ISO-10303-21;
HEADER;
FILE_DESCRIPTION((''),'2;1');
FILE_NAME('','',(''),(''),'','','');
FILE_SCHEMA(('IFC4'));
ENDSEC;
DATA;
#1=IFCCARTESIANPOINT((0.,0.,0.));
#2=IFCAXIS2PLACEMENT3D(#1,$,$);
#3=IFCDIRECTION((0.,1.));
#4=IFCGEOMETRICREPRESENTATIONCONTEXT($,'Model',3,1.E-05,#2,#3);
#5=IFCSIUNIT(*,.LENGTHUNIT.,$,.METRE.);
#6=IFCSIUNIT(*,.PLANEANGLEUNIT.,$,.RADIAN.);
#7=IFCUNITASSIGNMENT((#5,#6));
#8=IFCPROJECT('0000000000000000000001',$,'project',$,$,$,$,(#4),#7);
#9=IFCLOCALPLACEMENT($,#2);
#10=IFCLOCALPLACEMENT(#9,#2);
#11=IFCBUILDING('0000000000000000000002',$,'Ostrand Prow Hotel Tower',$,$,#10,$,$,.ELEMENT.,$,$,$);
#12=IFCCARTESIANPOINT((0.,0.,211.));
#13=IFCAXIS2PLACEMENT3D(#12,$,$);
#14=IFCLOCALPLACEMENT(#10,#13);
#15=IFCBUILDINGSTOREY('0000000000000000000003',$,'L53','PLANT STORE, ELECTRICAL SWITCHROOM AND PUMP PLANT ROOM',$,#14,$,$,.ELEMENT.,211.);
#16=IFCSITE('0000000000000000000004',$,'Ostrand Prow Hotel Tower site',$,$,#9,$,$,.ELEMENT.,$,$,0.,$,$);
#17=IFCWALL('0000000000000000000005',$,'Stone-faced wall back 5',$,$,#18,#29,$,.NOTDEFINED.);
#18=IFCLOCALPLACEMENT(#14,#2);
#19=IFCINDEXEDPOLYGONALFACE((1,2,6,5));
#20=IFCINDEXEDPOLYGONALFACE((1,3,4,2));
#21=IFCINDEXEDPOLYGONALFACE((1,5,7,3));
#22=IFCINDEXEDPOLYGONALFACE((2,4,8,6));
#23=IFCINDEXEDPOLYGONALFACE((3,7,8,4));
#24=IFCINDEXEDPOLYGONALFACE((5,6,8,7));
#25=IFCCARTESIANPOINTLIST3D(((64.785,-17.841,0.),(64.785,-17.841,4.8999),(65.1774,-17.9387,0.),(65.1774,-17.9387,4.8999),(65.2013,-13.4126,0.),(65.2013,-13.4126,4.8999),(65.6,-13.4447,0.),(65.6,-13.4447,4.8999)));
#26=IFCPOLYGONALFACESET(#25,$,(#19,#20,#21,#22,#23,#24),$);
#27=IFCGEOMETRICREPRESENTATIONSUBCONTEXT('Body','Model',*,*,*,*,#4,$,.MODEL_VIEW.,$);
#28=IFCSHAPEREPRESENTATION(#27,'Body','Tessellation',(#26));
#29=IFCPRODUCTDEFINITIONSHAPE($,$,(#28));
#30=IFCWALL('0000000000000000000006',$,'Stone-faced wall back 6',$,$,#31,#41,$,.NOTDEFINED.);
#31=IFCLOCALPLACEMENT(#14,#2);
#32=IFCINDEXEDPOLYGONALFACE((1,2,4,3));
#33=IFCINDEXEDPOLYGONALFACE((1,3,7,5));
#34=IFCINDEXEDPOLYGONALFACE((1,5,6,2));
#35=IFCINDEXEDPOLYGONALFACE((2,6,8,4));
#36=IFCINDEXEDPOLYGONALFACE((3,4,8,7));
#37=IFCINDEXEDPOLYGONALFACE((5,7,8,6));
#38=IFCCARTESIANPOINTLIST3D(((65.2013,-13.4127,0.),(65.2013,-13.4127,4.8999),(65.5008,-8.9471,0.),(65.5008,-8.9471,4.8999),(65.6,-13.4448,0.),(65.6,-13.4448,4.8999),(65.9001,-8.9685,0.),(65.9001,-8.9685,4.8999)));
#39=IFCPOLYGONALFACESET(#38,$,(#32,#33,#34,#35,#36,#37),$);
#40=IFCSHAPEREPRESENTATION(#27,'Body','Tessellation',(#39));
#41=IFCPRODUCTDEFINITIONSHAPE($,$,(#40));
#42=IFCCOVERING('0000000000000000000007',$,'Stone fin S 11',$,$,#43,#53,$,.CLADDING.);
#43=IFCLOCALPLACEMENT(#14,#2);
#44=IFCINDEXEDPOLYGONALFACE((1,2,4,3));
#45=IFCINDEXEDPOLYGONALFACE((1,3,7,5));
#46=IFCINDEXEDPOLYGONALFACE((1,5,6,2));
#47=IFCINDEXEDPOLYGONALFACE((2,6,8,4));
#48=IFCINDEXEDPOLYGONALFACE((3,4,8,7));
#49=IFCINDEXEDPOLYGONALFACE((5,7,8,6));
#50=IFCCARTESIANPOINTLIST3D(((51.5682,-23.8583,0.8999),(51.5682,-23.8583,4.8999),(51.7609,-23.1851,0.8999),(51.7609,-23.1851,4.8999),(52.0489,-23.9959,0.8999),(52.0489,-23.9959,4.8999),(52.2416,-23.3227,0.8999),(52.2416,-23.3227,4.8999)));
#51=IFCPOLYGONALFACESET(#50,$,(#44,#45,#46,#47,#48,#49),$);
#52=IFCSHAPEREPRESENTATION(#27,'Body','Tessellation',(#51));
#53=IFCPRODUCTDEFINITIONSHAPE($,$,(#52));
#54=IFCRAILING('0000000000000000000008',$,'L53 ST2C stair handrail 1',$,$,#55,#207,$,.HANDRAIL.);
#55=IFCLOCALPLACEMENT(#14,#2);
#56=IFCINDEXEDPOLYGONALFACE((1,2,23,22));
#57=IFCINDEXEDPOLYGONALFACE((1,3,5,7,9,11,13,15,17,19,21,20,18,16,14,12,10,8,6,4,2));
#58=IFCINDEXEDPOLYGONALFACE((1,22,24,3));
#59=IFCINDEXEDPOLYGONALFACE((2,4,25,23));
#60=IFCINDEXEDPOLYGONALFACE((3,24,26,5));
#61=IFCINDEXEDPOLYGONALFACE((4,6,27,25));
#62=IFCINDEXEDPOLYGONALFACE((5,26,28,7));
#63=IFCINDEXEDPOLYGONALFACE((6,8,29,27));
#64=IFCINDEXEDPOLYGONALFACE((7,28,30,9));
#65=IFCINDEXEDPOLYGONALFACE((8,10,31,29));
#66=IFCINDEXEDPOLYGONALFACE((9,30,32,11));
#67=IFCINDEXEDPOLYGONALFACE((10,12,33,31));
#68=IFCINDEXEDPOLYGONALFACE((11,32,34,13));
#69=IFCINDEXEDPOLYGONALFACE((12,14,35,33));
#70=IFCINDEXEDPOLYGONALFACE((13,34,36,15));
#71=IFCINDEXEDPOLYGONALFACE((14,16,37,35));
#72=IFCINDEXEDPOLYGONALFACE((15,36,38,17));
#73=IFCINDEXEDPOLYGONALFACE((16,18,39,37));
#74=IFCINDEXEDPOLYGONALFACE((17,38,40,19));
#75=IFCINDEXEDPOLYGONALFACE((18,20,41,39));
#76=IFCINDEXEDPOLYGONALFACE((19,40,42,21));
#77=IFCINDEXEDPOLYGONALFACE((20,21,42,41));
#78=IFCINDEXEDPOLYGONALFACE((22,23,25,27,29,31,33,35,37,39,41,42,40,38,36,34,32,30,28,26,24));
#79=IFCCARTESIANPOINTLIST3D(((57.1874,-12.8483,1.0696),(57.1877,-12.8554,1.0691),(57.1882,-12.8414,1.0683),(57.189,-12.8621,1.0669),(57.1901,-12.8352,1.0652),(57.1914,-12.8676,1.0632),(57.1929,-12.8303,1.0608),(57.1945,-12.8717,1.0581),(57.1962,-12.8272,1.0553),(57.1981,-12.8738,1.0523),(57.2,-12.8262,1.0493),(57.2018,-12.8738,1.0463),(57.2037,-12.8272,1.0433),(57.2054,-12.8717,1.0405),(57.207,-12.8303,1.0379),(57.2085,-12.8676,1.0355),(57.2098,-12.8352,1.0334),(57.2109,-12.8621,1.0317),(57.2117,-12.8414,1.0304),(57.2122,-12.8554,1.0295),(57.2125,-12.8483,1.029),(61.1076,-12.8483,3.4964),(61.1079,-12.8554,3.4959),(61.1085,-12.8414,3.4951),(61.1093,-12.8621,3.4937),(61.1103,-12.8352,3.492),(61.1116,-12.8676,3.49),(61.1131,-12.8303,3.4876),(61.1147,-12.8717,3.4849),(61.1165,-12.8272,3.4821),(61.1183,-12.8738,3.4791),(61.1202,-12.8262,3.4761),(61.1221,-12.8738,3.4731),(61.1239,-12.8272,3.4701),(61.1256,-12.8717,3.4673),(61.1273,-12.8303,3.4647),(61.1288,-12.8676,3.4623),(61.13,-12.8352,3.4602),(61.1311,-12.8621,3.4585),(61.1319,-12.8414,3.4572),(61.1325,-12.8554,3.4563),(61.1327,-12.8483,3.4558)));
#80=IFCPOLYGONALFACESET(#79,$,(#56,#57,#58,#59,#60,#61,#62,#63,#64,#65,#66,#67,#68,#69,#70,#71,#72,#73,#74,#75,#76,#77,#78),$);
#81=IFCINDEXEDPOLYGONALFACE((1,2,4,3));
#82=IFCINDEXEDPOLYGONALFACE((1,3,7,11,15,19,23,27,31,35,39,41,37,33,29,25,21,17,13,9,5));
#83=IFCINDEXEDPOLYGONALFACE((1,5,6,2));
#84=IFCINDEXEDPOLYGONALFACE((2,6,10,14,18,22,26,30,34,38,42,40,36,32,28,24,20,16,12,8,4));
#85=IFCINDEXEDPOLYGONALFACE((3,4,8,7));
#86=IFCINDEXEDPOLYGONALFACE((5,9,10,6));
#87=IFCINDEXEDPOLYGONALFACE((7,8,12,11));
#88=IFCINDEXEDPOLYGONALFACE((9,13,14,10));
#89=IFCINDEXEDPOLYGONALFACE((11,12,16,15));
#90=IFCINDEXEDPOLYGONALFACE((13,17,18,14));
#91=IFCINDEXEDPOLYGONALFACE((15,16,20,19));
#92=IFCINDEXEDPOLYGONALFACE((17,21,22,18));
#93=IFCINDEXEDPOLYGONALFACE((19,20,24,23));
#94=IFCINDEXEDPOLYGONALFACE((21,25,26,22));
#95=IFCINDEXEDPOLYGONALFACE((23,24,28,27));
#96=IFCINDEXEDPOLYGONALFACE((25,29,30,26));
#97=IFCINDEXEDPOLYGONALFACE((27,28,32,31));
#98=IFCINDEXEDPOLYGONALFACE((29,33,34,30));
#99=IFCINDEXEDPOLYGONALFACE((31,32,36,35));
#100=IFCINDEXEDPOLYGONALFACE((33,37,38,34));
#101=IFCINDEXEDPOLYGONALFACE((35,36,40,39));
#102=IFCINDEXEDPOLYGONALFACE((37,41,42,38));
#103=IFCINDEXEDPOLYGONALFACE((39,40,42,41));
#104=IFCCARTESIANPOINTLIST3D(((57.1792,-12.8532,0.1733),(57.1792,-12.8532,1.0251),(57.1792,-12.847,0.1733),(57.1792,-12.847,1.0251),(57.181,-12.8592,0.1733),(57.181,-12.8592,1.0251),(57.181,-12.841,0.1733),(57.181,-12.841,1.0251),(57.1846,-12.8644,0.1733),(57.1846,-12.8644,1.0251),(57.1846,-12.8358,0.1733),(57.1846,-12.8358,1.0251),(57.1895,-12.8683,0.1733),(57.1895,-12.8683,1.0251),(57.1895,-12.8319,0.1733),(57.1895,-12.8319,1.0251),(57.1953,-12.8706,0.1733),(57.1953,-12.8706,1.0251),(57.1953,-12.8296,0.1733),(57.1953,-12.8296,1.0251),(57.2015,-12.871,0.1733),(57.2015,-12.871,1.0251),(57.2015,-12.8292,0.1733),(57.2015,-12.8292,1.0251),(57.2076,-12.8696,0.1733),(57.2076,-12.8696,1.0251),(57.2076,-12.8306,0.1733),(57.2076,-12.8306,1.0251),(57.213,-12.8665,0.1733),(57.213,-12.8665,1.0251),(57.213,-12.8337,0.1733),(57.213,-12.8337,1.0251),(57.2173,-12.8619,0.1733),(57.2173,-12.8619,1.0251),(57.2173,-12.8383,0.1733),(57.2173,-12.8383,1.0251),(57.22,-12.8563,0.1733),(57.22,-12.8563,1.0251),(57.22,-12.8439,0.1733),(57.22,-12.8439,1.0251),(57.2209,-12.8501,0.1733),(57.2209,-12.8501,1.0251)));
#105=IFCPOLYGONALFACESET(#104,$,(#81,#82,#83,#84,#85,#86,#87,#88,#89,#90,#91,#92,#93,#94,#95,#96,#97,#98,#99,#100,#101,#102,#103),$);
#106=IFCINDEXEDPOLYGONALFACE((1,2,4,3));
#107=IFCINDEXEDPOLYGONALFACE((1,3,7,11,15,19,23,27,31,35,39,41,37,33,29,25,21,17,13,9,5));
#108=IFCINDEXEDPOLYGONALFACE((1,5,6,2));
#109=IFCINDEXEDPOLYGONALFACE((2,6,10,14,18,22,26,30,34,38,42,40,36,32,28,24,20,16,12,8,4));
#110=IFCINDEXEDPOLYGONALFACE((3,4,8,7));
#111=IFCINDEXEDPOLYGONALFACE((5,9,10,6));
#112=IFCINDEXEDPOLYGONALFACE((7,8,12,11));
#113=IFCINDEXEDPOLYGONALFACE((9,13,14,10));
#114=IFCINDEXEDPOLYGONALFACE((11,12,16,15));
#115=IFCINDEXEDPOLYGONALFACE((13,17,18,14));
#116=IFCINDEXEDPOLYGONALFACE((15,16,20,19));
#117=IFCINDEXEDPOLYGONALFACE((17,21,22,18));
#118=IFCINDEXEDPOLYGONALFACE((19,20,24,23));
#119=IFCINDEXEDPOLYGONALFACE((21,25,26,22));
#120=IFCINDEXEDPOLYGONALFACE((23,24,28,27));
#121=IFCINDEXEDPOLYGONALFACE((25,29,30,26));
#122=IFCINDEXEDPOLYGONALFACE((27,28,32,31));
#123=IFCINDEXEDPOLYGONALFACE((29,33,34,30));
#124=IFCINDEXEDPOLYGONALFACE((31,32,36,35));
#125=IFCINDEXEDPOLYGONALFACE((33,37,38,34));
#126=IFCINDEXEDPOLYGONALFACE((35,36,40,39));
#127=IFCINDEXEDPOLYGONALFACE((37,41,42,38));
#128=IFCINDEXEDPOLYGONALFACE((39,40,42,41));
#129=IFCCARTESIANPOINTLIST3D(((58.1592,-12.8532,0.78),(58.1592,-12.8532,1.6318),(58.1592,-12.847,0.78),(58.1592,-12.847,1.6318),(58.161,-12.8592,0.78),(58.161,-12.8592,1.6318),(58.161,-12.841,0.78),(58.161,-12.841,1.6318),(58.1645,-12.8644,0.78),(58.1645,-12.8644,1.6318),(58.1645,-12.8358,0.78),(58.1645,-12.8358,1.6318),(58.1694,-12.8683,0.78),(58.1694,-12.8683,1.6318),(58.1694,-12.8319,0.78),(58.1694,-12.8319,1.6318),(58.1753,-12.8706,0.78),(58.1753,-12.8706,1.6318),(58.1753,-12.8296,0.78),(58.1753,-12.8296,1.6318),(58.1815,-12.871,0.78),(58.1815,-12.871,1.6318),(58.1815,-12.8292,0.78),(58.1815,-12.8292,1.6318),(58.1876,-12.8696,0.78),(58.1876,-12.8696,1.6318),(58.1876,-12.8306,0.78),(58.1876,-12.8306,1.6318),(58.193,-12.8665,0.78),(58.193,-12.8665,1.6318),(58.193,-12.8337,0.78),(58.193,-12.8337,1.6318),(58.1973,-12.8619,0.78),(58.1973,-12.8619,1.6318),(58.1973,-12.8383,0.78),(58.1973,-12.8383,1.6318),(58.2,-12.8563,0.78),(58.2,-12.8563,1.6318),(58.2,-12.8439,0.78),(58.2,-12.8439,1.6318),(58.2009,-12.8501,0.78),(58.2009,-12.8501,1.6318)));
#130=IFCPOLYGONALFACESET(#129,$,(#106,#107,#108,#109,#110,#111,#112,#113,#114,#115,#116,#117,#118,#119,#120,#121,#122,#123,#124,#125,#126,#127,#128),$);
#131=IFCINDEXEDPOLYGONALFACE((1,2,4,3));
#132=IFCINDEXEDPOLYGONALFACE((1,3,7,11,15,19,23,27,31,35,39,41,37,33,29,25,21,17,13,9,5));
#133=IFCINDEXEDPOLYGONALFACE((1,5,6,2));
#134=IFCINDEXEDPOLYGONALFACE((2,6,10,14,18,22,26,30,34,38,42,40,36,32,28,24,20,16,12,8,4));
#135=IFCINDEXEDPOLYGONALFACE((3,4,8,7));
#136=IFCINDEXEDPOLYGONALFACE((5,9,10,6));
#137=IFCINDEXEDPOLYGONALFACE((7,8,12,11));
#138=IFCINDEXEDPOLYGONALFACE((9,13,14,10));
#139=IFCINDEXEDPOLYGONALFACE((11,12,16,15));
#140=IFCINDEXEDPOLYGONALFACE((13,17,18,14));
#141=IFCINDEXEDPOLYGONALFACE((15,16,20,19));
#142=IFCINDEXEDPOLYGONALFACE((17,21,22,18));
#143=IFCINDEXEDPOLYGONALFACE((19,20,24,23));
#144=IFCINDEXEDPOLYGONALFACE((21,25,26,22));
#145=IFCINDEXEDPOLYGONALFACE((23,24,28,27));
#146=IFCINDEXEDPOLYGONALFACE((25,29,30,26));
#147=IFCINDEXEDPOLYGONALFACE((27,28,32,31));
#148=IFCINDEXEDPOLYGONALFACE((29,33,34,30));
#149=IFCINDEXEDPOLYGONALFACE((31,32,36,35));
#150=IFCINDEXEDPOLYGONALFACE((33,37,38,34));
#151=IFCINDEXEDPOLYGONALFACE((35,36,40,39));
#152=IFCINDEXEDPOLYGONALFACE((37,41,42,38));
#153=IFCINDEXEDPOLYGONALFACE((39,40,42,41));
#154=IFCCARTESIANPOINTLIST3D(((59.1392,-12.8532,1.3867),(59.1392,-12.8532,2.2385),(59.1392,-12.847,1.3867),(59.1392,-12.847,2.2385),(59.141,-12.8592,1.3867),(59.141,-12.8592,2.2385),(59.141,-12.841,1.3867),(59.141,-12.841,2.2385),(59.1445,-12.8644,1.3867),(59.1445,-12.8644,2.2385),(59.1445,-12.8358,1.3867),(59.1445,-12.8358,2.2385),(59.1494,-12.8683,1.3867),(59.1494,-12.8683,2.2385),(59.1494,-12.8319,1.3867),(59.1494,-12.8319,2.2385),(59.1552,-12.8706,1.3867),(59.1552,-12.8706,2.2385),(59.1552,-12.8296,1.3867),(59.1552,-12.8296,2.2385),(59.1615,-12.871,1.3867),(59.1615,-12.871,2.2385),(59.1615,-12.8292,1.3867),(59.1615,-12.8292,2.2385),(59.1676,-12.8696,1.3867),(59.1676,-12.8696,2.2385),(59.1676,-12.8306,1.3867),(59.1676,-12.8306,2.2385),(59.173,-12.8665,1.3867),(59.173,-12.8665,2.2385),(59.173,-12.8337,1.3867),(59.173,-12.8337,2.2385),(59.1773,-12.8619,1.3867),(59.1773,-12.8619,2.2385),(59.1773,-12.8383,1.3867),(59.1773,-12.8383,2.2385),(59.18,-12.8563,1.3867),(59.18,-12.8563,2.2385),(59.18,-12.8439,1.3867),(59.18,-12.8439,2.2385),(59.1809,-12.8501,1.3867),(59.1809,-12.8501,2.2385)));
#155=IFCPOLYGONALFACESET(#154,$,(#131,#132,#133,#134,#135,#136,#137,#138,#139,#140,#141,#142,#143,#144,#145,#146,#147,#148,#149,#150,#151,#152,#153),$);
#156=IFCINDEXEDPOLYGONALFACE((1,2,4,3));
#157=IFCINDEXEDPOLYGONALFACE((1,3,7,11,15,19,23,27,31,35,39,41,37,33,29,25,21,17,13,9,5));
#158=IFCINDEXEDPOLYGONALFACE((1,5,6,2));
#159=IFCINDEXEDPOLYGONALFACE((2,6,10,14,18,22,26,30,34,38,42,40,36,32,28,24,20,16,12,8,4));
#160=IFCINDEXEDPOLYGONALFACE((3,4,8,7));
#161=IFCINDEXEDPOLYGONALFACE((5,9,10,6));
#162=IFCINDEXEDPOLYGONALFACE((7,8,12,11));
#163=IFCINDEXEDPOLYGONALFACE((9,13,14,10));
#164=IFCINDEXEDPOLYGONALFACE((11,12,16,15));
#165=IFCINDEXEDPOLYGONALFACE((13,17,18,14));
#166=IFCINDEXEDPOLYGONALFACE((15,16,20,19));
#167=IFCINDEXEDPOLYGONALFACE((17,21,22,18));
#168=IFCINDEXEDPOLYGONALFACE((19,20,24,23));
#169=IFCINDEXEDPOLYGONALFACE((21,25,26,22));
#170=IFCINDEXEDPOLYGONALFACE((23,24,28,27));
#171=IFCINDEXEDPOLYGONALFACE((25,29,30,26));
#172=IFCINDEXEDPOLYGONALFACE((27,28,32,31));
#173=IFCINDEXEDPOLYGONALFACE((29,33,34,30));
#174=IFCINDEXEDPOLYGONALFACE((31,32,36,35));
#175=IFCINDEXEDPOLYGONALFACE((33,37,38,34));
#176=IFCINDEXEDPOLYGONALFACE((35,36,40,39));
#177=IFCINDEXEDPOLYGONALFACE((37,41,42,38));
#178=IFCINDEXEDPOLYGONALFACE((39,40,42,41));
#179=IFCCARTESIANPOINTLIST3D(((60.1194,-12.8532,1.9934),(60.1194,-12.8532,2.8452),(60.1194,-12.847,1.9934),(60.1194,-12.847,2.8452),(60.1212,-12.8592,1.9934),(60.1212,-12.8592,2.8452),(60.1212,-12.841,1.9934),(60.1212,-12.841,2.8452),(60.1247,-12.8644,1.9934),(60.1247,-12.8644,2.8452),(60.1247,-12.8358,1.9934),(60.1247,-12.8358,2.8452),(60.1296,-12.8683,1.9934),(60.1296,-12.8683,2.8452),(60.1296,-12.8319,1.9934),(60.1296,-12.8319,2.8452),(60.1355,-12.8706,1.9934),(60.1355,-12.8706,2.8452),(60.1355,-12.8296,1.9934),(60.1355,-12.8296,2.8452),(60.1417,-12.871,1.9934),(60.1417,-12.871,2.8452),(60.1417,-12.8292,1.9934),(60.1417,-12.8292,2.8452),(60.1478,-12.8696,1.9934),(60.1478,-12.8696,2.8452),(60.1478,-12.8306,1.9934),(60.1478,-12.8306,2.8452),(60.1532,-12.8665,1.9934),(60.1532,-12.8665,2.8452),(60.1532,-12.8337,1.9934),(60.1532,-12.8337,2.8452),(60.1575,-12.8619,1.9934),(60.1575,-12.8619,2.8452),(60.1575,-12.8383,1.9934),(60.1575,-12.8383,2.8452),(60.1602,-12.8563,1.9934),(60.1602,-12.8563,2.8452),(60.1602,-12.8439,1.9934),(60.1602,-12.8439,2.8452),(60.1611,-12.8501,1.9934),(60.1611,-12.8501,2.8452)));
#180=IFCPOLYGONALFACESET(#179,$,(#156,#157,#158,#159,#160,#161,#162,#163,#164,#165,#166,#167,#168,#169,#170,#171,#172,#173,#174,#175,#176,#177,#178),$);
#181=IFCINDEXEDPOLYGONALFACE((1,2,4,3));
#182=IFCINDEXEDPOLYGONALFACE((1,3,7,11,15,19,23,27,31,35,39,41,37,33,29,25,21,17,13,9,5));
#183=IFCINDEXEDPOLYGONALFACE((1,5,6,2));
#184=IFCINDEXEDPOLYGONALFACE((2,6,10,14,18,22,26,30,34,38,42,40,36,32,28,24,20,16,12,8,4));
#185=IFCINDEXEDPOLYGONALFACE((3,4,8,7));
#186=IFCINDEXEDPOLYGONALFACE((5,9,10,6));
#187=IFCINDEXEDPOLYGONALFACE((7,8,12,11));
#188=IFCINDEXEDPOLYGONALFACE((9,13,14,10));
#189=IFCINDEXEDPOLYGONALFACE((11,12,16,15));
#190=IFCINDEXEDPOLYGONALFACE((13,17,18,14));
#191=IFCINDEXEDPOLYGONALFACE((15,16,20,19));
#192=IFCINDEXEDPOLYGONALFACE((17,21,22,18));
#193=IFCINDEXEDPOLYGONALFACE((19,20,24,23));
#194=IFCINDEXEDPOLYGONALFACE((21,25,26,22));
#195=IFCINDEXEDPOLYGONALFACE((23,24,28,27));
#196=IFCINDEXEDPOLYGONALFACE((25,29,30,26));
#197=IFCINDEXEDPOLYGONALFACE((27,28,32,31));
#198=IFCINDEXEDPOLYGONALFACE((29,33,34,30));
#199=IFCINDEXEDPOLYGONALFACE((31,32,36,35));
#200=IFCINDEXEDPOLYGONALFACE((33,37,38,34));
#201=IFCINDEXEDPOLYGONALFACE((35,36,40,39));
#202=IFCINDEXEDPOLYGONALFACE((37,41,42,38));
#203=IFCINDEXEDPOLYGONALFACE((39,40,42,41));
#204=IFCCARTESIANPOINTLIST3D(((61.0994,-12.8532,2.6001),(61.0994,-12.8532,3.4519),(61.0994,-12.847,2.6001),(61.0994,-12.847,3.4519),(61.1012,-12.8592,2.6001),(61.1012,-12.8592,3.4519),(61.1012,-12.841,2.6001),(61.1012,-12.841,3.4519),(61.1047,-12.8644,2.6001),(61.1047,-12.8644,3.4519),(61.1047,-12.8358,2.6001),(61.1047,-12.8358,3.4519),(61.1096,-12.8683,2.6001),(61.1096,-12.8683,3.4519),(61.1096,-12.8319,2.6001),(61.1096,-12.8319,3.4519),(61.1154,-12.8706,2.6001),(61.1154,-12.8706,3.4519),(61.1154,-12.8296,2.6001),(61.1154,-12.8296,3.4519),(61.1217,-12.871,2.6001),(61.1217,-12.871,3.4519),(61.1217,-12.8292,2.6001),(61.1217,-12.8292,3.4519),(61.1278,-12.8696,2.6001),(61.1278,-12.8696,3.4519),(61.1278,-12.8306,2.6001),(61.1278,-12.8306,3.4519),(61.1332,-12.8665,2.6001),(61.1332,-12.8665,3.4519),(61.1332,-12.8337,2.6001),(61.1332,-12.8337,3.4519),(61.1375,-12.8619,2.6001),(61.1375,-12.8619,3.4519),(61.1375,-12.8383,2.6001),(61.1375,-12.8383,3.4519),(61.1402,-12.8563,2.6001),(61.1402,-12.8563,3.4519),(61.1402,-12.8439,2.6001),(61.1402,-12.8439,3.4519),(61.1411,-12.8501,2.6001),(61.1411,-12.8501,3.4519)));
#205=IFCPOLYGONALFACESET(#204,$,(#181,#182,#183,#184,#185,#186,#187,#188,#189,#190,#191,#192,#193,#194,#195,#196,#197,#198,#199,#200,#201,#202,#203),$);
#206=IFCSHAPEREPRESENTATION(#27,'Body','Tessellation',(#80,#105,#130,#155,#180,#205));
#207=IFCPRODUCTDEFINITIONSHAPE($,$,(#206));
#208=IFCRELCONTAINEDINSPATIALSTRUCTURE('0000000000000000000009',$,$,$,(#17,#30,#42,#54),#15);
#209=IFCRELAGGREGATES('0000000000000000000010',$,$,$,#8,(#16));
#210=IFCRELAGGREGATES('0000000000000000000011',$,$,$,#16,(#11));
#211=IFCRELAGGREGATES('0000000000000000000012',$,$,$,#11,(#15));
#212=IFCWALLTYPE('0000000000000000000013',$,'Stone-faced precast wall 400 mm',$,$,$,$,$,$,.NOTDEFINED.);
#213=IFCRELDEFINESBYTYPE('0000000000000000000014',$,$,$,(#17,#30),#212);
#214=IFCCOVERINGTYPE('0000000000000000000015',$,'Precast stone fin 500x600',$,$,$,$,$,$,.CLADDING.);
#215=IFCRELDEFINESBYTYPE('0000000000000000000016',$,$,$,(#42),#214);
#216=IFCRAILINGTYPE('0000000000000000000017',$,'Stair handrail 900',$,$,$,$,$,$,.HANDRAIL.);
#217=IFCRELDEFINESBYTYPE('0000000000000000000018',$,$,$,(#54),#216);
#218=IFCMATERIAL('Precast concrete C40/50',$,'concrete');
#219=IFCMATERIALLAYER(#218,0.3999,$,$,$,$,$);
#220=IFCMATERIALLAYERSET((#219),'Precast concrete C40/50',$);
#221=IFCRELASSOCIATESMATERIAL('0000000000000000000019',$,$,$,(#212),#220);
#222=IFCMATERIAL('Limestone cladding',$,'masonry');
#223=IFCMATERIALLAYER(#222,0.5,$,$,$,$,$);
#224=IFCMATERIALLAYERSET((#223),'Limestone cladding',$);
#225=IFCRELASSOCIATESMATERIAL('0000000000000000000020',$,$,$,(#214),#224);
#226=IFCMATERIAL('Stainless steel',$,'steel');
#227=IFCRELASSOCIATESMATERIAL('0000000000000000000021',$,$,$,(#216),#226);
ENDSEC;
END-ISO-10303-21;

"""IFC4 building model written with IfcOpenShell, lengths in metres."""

from ifc_helpers import new_model, si_unit, direction, frame, frame_2d, origin, origin_2d, place, context, subcontext, project, spatial, polyline, rectangle, circle, outline, extrude, material, layer, layer_set, type_object, element, save


model = new_model("IFC4")

# Units and contexts
model_context = context("Model", 3, precision=1e-05, world=origin(), true_north=direction((0.0, 1.0)))
body_context = subcontext(model_context, "Body", "Model", "MODEL_VIEW")
ifc_project = project(units=[si_unit("LENGTHUNIT", "METRE"), si_unit("PLANEANGLEUNIT", "RADIAN")], contexts=[model_context])

# Site, building, storey
site_placement = place(None, origin())
site = spatial("IfcSite", under=ifc_project, at=site_placement, Name="Ostrand Prow Hotel Tower site", CompositionType="ELEMENT", RefElevation=0.0)
building_placement = place(site_placement, origin())
building = spatial("IfcBuilding", under=site, at=building_placement, Name="Ostrand Prow Hotel Tower", CompositionType="ELEMENT")
storey_placement = place(building_placement, frame((0.0, 0.0, 211.0)))
storey = spatial("IfcBuildingStorey", under=building, at=storey_placement, Name="L53", Description="PLANT STORE, ELECTRICAL SWITCHROOM AND PUMP PLANT ROOM", CompositionType="ELEMENT", Elevation=211.0)

# Walls
ifc_material_1 = material(Name="Precast concrete C40/50", Category="concrete")
ifc_layer_1 = layer(ifc_material_1, 0.3999)
ifc_layer_set_1 = layer_set([ifc_layer_1], Name="Precast concrete C40/50")
wall_type_1 = type_object("IfcWallType", Name="Stone-faced precast wall 400 mm", PredefinedType="NOTDEFINED", material=ifc_layer_set_1)
wall_1_placement = place(storey_placement, frame((64.9812, -17.8899, 0.0), z_axis=(0.0, 0.0, 1.0), x_axis=(0.093606, 0.995609, 0.0)))
element("IfcWall", 1, at=wall_1_placement, inside=storey, type_object=wall_type_1, Name="Stone-faced wall back 5", PredefinedType="NOTDEFINED", context=body_context, shape_type="SweptSolid", body=[
    extrude(outline(polyline([(-0.0303, -0.2), (4.4836, -0.2), (4.4783, 0.2), (0.0303, 0.2), (-0.0303, -0.2)])), origin(), (0.0, 0.0, 1.0), 4.8999),
])
wall_2_placement = place(storey_placement, frame((65.4006, -13.4287, 0.0), z_axis=(0.0, 0.0, 1.0), x_axis=(0.066906, 0.997759, 0.0)))
element("IfcWall", 2, at=wall_2_placement, inside=storey, type_object=wall_type_1, Name="Stone-faced wall back 6", PredefinedType="NOTDEFINED", context=body_context, shape_type="SweptSolid", body=[
    extrude(outline(polyline([(-0.0027, -0.2), (4.4836, -0.2), (4.4783, 0.2), (0.0027, 0.2), (-0.0027, -0.2)])), origin(), (0.0, 0.0, 1.0), 4.8999),
])

# Covering
ifc_material_2 = material(Name="Limestone cladding", Category="masonry")
ifc_layer_2 = layer(ifc_material_2, 0.5)
ifc_layer_set_2 = layer_set([ifc_layer_2], Name="Limestone cladding")
covering_type_1 = type_object("IfcCoveringType", Name="Precast stone fin 500x600", PredefinedType="CLADDING", material=ifc_layer_set_2)
covering_1_placement = place(storey_placement, frame((52.0012, -23.2539, 0.8999), z_axis=(0.0, 0.0, 1.0), x_axis=(-0.275136, -0.961405, 0.0)))
element("IfcCovering", 3, at=covering_1_placement, inside=storey, type_object=covering_type_1, Name="Stone fin S 11", PredefinedType="CLADDING", context=body_context, shape_type="SweptSolid", body=[
    extrude(rectangle(XDim=0.7002, YDim=0.5, at=frame_2d((0.3501, 0.0))), origin(), (0.0, 0.0, 1.0), 4.0),
])

# Railing
ifc_material_3 = material(Name="Stainless steel", Category="steel")
railing_type = type_object("IfcRailingType", Name="Stair handrail 900", PredefinedType="HANDRAIL", material=ifc_material_3)
railing_placement = place(storey_placement, frame((57.2, -12.8501, 0.1733)))
element("IfcRailing", 4, at=railing_placement, inside=storey, type_object=railing_type, Name="L53 ST2C stair handrail 1", PredefinedType="HANDRAIL", context=body_context, shape_type="SweptSolid", body=[
    extrude(circle(Radius=0.0239, at=origin_2d()), frame((0.0, 0.0, 0.876), z_axis=(0.850266, 0.0, 0.526353), x_axis=(0.0, 1.0, 0.0)), (0.0, 0.0, 1.0), 4.6106),
    extrude(circle(Radius=0.021, at=origin_2d()), origin(), (0.0, 0.0, 1.0), 0.8518),
    extrude(circle(Radius=0.021, at=origin_2d()), frame((0.98, 0.0, 0.6067)), (0.0, 0.0, 1.0), 0.8518),
    extrude(circle(Radius=0.021, at=origin_2d()), frame((1.96, 0.0, 1.2134)), (0.0, 0.0, 1.0), 0.8518),
    extrude(circle(Radius=0.021, at=origin_2d()), frame((2.9402, 0.0, 1.8201)), (0.0, 0.0, 1.0), 0.8518),
    extrude(circle(Radius=0.021, at=origin_2d()), frame((3.9202, 0.0, 2.4268)), (0.0, 0.0, 1.0), 0.8518),
])

save(model, "model.ifc")
